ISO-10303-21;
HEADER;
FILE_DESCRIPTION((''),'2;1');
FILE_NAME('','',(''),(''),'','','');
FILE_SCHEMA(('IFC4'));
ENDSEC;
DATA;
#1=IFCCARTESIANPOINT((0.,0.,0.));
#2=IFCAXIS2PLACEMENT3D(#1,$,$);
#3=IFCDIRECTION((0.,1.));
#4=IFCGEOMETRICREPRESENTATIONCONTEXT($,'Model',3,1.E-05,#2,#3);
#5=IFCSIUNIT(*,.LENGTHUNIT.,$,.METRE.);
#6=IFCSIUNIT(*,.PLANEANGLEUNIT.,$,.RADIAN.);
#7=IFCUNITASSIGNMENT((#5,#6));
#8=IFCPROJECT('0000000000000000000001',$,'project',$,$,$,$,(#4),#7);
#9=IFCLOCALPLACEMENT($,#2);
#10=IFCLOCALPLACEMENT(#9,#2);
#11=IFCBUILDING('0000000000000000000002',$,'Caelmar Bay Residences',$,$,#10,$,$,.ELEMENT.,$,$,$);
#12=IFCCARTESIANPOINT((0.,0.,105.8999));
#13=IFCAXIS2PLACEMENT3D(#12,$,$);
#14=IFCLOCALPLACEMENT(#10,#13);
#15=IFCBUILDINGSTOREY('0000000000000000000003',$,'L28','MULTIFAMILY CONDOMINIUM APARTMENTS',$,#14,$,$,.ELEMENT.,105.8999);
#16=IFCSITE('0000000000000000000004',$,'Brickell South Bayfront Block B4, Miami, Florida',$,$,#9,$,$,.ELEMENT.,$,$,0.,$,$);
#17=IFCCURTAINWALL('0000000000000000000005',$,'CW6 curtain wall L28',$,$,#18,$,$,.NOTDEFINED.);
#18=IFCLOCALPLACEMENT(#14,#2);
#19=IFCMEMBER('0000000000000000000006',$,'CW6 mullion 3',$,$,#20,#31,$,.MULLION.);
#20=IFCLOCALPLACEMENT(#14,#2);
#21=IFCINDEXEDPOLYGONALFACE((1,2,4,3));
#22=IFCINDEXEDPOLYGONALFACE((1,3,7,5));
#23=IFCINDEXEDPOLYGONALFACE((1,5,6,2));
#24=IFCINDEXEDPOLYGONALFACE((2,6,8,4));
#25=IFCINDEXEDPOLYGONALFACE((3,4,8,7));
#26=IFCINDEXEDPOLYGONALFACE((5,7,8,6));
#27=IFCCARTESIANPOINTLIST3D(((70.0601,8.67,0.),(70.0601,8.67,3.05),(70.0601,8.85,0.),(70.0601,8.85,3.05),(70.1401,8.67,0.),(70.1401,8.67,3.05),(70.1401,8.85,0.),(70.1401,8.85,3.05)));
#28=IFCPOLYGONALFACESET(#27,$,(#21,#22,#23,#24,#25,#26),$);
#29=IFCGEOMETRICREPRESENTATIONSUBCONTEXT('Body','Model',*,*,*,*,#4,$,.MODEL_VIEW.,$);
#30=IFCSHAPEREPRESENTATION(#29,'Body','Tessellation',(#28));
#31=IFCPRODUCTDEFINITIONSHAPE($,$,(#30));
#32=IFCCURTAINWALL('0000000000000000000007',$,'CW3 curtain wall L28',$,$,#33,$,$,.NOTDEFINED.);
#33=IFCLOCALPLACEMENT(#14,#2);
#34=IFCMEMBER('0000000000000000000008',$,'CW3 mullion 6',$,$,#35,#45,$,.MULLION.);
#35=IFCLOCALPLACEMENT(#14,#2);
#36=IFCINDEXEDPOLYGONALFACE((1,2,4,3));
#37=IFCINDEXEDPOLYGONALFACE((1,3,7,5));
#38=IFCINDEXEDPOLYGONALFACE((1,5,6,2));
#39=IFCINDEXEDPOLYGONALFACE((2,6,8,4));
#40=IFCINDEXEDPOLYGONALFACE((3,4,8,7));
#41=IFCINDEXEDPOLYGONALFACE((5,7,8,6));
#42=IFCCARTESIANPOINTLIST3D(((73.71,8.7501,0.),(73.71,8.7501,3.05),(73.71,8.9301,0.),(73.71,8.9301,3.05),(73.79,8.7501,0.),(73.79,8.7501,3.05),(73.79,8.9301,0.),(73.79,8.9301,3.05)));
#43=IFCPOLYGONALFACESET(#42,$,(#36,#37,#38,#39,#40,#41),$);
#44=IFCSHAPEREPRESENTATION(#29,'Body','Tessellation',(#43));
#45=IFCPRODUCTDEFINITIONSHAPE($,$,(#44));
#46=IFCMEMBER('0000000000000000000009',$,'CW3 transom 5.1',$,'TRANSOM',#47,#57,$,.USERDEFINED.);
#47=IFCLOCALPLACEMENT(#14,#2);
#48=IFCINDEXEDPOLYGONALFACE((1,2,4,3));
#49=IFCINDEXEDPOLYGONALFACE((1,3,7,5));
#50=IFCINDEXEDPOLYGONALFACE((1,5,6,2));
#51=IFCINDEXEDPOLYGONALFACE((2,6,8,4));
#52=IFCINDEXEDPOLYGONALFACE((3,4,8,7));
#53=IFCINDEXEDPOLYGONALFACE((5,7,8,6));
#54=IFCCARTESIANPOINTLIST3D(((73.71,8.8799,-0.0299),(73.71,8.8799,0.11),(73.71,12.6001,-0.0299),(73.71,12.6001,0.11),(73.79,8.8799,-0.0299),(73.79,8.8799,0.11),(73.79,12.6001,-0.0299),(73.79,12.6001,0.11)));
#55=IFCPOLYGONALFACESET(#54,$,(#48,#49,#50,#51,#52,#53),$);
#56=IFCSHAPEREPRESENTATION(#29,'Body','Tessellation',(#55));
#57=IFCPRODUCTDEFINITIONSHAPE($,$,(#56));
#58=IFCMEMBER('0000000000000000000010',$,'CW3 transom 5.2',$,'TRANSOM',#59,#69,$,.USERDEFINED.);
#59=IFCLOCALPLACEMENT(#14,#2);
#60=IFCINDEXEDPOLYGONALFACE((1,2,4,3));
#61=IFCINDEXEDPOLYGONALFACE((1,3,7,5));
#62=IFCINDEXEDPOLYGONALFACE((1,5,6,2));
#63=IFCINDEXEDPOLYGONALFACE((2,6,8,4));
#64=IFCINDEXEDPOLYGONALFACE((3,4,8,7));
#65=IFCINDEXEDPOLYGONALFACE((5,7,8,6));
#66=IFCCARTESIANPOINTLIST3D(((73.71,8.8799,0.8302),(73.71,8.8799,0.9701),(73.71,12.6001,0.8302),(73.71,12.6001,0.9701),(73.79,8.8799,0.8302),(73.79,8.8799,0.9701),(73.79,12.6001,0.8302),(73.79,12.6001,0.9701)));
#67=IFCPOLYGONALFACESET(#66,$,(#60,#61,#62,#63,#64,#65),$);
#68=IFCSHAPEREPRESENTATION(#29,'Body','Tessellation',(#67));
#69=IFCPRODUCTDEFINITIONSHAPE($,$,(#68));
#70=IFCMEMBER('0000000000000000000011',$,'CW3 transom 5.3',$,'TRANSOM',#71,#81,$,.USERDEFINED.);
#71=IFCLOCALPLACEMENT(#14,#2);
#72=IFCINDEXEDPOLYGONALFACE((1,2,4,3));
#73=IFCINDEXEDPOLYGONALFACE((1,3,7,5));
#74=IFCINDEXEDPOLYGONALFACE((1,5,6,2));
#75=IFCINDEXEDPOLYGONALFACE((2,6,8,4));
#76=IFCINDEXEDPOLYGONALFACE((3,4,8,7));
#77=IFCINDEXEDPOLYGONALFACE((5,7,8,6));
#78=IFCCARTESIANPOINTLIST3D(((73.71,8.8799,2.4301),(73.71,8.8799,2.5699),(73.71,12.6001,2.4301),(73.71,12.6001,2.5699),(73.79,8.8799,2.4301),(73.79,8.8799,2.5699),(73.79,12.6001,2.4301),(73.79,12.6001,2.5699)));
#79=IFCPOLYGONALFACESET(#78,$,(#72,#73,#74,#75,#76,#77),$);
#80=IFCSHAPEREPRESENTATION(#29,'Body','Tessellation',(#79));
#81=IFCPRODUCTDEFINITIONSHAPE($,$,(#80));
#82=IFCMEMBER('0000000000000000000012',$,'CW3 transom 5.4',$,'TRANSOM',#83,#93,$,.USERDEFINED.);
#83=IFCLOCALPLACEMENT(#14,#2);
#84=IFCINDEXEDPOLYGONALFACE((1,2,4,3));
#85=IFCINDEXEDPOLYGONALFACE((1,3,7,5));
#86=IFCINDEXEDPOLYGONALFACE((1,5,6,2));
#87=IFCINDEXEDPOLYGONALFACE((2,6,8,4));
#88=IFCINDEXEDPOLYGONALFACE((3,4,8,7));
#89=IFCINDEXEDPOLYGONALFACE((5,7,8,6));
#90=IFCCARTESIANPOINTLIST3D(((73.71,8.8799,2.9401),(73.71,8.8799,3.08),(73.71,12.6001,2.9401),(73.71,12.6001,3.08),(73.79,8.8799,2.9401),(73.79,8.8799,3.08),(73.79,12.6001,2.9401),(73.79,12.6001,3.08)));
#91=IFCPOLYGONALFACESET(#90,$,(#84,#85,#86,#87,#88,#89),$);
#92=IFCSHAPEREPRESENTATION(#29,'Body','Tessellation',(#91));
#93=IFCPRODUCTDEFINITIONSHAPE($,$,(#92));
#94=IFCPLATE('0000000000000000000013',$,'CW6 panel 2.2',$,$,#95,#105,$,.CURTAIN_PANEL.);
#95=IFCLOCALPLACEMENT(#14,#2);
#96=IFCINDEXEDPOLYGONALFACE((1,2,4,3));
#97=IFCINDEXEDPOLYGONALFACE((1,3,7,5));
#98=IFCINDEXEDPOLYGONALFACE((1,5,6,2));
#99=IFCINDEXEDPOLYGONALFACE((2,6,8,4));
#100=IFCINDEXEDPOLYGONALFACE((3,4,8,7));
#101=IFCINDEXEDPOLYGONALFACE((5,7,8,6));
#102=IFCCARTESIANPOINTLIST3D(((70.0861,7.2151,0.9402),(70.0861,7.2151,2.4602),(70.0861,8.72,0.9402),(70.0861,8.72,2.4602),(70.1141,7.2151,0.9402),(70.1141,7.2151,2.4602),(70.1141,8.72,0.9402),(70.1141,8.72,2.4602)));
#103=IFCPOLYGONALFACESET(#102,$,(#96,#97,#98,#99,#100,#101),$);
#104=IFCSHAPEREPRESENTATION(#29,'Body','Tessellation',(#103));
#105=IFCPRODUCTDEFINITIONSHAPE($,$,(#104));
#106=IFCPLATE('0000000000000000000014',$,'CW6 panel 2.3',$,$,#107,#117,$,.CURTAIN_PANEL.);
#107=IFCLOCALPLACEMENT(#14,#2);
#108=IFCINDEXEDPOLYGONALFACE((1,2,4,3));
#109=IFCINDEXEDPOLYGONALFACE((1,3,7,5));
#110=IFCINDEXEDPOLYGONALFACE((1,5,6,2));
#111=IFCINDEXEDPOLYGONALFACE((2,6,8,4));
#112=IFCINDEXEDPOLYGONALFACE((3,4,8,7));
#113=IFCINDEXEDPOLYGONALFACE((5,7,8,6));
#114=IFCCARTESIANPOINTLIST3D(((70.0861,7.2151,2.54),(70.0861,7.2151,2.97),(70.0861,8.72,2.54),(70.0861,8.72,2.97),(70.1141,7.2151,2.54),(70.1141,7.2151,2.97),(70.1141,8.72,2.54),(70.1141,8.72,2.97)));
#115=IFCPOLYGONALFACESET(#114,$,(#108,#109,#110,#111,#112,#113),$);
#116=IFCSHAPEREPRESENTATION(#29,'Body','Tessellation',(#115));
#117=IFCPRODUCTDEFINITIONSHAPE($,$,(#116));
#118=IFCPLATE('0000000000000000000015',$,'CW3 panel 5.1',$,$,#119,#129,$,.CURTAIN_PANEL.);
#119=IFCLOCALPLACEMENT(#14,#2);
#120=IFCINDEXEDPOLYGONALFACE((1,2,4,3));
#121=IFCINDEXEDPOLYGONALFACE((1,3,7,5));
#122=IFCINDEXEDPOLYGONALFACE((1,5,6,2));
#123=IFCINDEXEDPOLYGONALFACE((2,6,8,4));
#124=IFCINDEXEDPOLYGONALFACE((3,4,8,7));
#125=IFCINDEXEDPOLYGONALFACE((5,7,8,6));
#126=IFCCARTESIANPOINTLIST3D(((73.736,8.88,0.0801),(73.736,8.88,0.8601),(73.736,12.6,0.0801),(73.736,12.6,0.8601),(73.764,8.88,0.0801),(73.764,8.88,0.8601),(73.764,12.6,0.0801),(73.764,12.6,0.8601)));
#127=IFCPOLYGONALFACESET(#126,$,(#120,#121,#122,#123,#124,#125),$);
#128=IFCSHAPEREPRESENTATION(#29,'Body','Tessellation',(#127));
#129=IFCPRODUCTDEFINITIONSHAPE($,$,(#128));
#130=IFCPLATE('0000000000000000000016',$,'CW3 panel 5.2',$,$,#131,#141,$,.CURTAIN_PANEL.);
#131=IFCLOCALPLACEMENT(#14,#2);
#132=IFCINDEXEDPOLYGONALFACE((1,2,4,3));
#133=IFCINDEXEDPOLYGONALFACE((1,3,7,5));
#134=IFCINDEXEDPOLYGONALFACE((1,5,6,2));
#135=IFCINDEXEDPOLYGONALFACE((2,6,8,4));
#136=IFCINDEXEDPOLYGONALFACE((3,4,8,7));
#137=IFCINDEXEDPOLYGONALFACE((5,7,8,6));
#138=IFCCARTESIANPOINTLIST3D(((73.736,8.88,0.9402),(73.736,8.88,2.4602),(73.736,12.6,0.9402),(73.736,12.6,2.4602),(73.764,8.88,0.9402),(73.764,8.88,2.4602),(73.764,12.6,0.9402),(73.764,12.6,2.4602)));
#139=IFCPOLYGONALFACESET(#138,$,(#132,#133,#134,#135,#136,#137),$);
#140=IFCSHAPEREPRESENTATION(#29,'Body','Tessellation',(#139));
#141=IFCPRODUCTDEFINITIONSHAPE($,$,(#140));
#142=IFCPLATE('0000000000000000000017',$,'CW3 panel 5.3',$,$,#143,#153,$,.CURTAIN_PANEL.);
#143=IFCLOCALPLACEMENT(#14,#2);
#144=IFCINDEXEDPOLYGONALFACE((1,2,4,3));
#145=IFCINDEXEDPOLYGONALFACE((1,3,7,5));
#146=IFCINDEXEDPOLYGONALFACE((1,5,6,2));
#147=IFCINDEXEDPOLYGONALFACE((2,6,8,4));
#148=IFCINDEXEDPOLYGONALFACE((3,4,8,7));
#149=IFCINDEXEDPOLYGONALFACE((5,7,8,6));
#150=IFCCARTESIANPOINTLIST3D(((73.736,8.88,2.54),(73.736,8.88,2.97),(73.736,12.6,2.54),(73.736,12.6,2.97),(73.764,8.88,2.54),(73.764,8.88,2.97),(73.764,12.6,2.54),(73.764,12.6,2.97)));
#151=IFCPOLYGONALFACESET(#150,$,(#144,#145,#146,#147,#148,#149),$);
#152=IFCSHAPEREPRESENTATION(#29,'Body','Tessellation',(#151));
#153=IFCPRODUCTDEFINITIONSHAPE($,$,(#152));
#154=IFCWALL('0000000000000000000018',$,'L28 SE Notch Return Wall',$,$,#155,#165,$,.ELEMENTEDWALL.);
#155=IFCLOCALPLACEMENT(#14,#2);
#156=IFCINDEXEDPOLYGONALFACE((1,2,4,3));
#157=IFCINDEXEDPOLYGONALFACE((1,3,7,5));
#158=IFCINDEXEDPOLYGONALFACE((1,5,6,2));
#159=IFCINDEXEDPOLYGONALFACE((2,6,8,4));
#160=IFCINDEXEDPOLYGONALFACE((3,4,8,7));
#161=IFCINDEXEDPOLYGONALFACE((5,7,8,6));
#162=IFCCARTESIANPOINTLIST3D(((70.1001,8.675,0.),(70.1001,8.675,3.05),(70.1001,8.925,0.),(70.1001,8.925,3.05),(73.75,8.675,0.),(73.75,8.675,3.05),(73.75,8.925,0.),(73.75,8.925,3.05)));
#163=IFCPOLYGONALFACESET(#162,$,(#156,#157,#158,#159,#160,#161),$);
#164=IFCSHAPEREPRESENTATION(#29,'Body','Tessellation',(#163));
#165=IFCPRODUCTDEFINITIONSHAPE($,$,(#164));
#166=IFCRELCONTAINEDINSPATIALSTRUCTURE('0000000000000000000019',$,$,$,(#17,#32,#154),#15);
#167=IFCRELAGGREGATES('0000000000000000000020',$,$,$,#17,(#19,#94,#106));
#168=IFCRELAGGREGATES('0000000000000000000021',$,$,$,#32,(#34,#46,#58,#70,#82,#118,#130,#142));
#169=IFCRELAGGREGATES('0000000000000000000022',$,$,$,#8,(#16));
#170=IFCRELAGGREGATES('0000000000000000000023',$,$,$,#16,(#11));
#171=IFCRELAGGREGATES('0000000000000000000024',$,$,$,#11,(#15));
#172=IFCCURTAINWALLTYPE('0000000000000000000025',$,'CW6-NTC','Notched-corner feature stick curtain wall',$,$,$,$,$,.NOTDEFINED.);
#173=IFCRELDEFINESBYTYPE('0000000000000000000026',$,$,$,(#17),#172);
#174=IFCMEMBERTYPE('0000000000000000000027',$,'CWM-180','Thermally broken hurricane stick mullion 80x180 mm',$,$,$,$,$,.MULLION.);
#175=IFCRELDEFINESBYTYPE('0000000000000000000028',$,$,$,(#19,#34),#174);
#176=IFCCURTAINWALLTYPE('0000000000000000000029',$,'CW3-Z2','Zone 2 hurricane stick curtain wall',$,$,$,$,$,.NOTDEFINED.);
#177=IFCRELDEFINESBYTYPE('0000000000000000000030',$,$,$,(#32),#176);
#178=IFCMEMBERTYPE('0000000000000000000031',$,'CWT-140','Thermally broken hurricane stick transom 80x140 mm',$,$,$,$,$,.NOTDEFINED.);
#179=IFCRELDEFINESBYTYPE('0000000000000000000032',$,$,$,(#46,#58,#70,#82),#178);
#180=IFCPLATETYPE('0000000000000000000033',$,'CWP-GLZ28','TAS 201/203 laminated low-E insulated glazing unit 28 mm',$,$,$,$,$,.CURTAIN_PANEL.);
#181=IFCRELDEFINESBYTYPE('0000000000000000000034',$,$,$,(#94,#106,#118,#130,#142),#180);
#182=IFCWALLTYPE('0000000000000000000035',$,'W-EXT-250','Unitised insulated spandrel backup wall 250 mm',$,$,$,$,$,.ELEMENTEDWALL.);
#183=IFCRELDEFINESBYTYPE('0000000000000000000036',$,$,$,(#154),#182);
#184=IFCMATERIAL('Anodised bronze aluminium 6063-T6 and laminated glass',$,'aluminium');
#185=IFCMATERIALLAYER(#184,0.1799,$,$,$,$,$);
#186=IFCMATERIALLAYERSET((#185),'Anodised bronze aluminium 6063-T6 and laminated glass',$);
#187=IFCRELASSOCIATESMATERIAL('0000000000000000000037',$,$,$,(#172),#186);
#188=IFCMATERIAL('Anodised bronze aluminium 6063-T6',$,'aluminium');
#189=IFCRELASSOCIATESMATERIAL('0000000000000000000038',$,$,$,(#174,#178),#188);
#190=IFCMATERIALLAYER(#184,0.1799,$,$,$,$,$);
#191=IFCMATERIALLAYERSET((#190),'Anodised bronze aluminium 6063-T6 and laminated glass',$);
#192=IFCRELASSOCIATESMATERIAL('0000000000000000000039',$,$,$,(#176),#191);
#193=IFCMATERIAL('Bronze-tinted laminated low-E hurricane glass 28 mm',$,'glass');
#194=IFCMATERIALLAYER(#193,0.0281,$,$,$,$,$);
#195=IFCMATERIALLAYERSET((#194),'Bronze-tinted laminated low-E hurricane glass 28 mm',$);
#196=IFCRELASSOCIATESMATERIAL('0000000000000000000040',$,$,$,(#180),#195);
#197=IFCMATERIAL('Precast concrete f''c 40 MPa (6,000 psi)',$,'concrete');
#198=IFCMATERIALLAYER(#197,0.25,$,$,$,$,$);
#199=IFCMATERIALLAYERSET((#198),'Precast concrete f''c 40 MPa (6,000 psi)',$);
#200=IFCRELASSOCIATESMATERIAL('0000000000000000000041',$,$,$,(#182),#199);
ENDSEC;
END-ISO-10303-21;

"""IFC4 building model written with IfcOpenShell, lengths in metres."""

from ifc_helpers import new_model, si_unit, direction, frame, frame_2d, origin, origin_2d, place, context, subcontext, project, spatial, rectangle, extrude, material, layer, layer_set, material_profile, profile_set, type_object, element, aggregate, save


model = new_model("IFC4")

# Units and contexts
model_context = context("Model", 3, precision=1e-05, world=origin(), true_north=direction((0.0, 1.0)))
body_context = subcontext(model_context, "Body", "Model", "MODEL_VIEW")
ifc_project = project(units=[si_unit("LENGTHUNIT", "METRE"), si_unit("PLANEANGLEUNIT", "RADIAN")], contexts=[model_context])

# Site, building, storey
site_placement = place(None, origin())
site = spatial("IfcSite", under=ifc_project, at=site_placement, Name="Brickell South Bayfront Block B4, Miami, Florida", CompositionType="ELEMENT", RefElevation=0.0)
building_placement = place(site_placement, origin())
building = spatial("IfcBuilding", under=site, at=building_placement, Name="Caelmar Bay Residences", CompositionType="ELEMENT")
storey_placement = place(building_placement, frame((0.0, 0.0, 105.8999)))
storey = spatial("IfcBuildingStorey", under=building, at=storey_placement, Name="L28", Description="MULTIFAMILY CONDOMINIUM APARTMENTS", CompositionType="ELEMENT", Elevation=105.8999)

# Curtain wall, member
ifc_material_1 = material(Name="Anodised bronze aluminium 6063-T6 and laminated glass", Category="aluminium")
ifc_layer_1 = layer(ifc_material_1, 0.1799)
ifc_layer_set_1 = layer_set([ifc_layer_1], Name="Anodised bronze aluminium 6063-T6 and laminated glass")
curtain_wall_type_1 = type_object("IfcCurtainWallType", Name="CW6-NTC", Description="Notched-corner feature stick curtain wall", PredefinedType="NOTDEFINED", material=ifc_layer_set_1)
curtain_wall_1_placement = place(storey_placement, origin())
curtain_wall_1 = element("IfcCurtainWall", 1, at=curtain_wall_1_placement, inside=storey, type_object=curtain_wall_type_1, Name="CW6 curtain wall L28", PredefinedType="NOTDEFINED")
ifc_material_2 = material(Name="Anodised bronze aluminium 6063-T6", Category="aluminium")
ifc_material_profile_1 = material_profile(ifc_material_2, rectangle(XDim=0.0801, YDim=0.1799, at=origin_2d()), Name="CWM-80X180")
ifc_profile_set_1 = profile_set([ifc_material_profile_1], Name="Anodised bronze aluminium 6063-T6")
member_type_1 = type_object("IfcMemberType", Name="CWM-180", Description="Thermally broken hurricane stick mullion 80x180 mm", PredefinedType="MULLION", material=ifc_profile_set_1)
member_1_placement = place(storey_placement, frame((70.1001, 8.76, 0.0), z_axis=(0.0, 0.0, 1.0), x_axis=(-1.0, 0.0, 0.0)))
member_1 = element("IfcMember", 2, at=member_1_placement, type_object=member_type_1, Name="CW6 mullion 3", PredefinedType="MULLION", context=body_context, shape_type="SweptSolid", body=[
    extrude(rectangle(XDim=0.0801, YDim=0.1799, at=origin_2d()), origin(), (0.0, 0.0, 1.0), 3.05),
])

# Curtain wall, members
ifc_layer_2 = layer(ifc_material_1, 0.1799)
ifc_layer_set_2 = layer_set([ifc_layer_2], Name="Anodised bronze aluminium 6063-T6 and laminated glass")
curtain_wall_type_2 = type_object("IfcCurtainWallType", Name="CW3-Z2", Description="Zone 2 hurricane stick curtain wall", PredefinedType="NOTDEFINED", material=ifc_layer_set_2)
curtain_wall_2_placement = place(storey_placement, origin())
curtain_wall_2 = element("IfcCurtainWall", 3, at=curtain_wall_2_placement, inside=storey, type_object=curtain_wall_type_2, Name="CW3 curtain wall L28", PredefinedType="NOTDEFINED")
member_2_placement = place(storey_placement, frame((73.75, 8.8401, 0.0), z_axis=(0.0, 0.0, 1.0), x_axis=(1.0, 0.0, 0.0)))
member_2 = element("IfcMember", 4, at=member_2_placement, type_object=member_type_1, Name="CW3 mullion 6", PredefinedType="MULLION", context=body_context, shape_type="SweptSolid", body=[
    extrude(rectangle(XDim=0.0801, YDim=0.1799, at=origin_2d()), origin(), (0.0, 0.0, 1.0), 3.05),
])
ifc_material_profile_2 = material_profile(ifc_material_2, rectangle(XDim=0.0801, YDim=0.1399, at=origin_2d()), Name="CWT-80X140")
ifc_profile_set_2 = profile_set([ifc_material_profile_2], Name="Anodised bronze aluminium 6063-T6")
member_type_2 = type_object("IfcMemberType", Name="CWT-140", Description="Thermally broken hurricane stick transom 80x140 mm", PredefinedType="NOTDEFINED", material=ifc_profile_set_2)
member_3_placement = place(storey_placement, frame((73.75, 12.6001, 0.04), z_axis=(0.0, -1.0, 0.0), x_axis=(1.0, 0.0, 0.0)))
member_3 = element("IfcMember", 5, at=member_3_placement, type_object=member_type_2, Name="CW3 transom 5.1", ObjectType="TRANSOM", PredefinedType="USERDEFINED", context=body_context, shape_type="SweptSolid", body=[
    extrude(rectangle(XDim=0.0801, YDim=0.1399, at=origin_2d()), origin(), (0.0, 0.0, 1.0), 3.7202),
])
member_4_placement = place(storey_placement, frame((73.75, 12.6001, 0.9001), z_axis=(0.0, -1.0, 0.0), x_axis=(1.0, 0.0, 0.0)))
member_4 = element("IfcMember", 6, at=member_4_placement, type_object=member_type_2, Name="CW3 transom 5.2", ObjectType="TRANSOM", PredefinedType="USERDEFINED", context=body_context, shape_type="SweptSolid", body=[
    extrude(rectangle(XDim=0.0801, YDim=0.1399, at=origin_2d()), origin(), (0.0, 0.0, 1.0), 3.7202),
])
member_5_placement = place(storey_placement, frame((73.75, 12.6001, 2.5), z_axis=(0.0, -1.0, 0.0), x_axis=(1.0, 0.0, 0.0)))
member_5 = element("IfcMember", 7, at=member_5_placement, type_object=member_type_2, Name="CW3 transom 5.3", ObjectType="TRANSOM", PredefinedType="USERDEFINED", context=body_context, shape_type="SweptSolid", body=[
    extrude(rectangle(XDim=0.0801, YDim=0.1399, at=origin_2d()), origin(), (0.0, 0.0, 1.0), 3.7202),
])
member_6_placement = place(storey_placement, frame((73.75, 12.6001, 3.01), z_axis=(0.0, -1.0, 0.0), x_axis=(1.0, 0.0, 0.0)))
member_6 = element("IfcMember", 8, at=member_6_placement, type_object=member_type_2, Name="CW3 transom 5.4", ObjectType="TRANSOM", PredefinedType="USERDEFINED", context=body_context, shape_type="SweptSolid", body=[
    extrude(rectangle(XDim=0.0801, YDim=0.1399, at=origin_2d()), origin(), (0.0, 0.0, 1.0), 3.7202),
])

# Plates
ifc_material_3 = material(Name="Bronze-tinted laminated low-E hurricane glass 28 mm", Category="glass")
ifc_layer_3 = layer(ifc_material_3, 0.0281)
ifc_layer_set_3 = layer_set([ifc_layer_3], Name="Bronze-tinted laminated low-E hurricane glass 28 mm")
plate_type = type_object("IfcPlateType", Name="CWP-GLZ28", Description="TAS 201/203 laminated low-E insulated glazing unit 28 mm", PredefinedType="CURTAIN_PANEL", material=ifc_layer_set_3)
plate_1_placement = place(storey_placement, frame((70.1001, 7.9675, 0.9402), z_axis=(0.0, 0.0, 1.0), x_axis=(0.0, 1.0, 0.0)))
plate_1 = element("IfcPlate", 9, at=plate_1_placement, type_object=plate_type, Name="CW6 panel 2.2", PredefinedType="CURTAIN_PANEL", context=body_context, shape_type="SweptSolid", body=[
    extrude(rectangle(XDim=1.5049, YDim=0.0281, at=origin_2d()), origin(), (0.0, 0.0, 1.0), 1.52),
])
plate_2_placement = place(storey_placement, frame((70.1001, 7.9675, 2.54), z_axis=(0.0, 0.0, 1.0), x_axis=(0.0, 1.0, 0.0)))
plate_2 = element("IfcPlate", 10, at=plate_2_placement, type_object=plate_type, Name="CW6 panel 2.3", PredefinedType="CURTAIN_PANEL", context=body_context, shape_type="SweptSolid", body=[
    extrude(rectangle(XDim=1.5049, YDim=0.0281, at=origin_2d()), origin(), (0.0, 0.0, 1.0), 0.4299),
])
aggregate(curtain_wall_1, [member_1, plate_1, plate_2])
plate_3_placement = place(storey_placement, frame((73.75, 10.74, 0.0801), z_axis=(0.0, 0.0, 1.0), x_axis=(0.0, -1.0, 0.0)))
plate_3 = element("IfcPlate", 11, at=plate_3_placement, type_object=plate_type, Name="CW3 panel 5.1", PredefinedType="CURTAIN_PANEL", context=body_context, shape_type="SweptSolid", body=[
    extrude(rectangle(XDim=3.72, YDim=0.0281, at=origin_2d()), origin(), (0.0, 0.0, 1.0), 0.78),
])
plate_4_placement = place(storey_placement, frame((73.75, 10.74, 0.9402), z_axis=(0.0, 0.0, 1.0), x_axis=(0.0, -1.0, 0.0)))
plate_4 = element("IfcPlate", 12, at=plate_4_placement, type_object=plate_type, Name="CW3 panel 5.2", PredefinedType="CURTAIN_PANEL", context=body_context, shape_type="SweptSolid", body=[
    extrude(rectangle(XDim=3.72, YDim=0.0281, at=origin_2d()), origin(), (0.0, 0.0, 1.0), 1.52),
])
plate_5_placement = place(storey_placement, frame((73.75, 10.74, 2.54), z_axis=(0.0, 0.0, 1.0), x_axis=(0.0, -1.0, 0.0)))
plate_5 = element("IfcPlate", 13, at=plate_5_placement, type_object=plate_type, Name="CW3 panel 5.3", PredefinedType="CURTAIN_PANEL", context=body_context, shape_type="SweptSolid", body=[
    extrude(rectangle(XDim=3.72, YDim=0.0281, at=origin_2d()), origin(), (0.0, 0.0, 1.0), 0.4299),
])
aggregate(curtain_wall_2, [member_2, member_3, member_4, member_5, member_6, plate_3, plate_4, plate_5])

# Wall
ifc_material_4 = material(Name="Precast concrete f'c 40 MPa (6,000 psi)", Category="concrete")
ifc_layer_4 = layer(ifc_material_4, 0.25)
ifc_layer_set_4 = layer_set([ifc_layer_4], Name="Precast concrete f'c 40 MPa (6,000 psi)")
wall_type_1 = type_object("IfcWallType", Name="W-EXT-250", Description="Unitised insulated spandrel backup wall 250 mm", PredefinedType="ELEMENTEDWALL", material=ifc_layer_set_4)
wall_1_placement = place(storey_placement, frame((70.1001, 8.8, 0.0), z_axis=(0.0, 0.0, 1.0), x_axis=(1.0, 0.0, 0.0)))
element("IfcWall", 14, at=wall_1_placement, inside=storey, type_object=wall_type_1, Name="L28 SE Notch Return Wall", PredefinedType="ELEMENTEDWALL", context=body_context, shape_type="SweptSolid", body=[
    extrude(rectangle(XDim=3.6499, YDim=0.25, at=frame_2d((1.825, 0.0))), origin(), (0.0, 0.0, 1.0), 3.05),
])

save(model, "model.ifc")
